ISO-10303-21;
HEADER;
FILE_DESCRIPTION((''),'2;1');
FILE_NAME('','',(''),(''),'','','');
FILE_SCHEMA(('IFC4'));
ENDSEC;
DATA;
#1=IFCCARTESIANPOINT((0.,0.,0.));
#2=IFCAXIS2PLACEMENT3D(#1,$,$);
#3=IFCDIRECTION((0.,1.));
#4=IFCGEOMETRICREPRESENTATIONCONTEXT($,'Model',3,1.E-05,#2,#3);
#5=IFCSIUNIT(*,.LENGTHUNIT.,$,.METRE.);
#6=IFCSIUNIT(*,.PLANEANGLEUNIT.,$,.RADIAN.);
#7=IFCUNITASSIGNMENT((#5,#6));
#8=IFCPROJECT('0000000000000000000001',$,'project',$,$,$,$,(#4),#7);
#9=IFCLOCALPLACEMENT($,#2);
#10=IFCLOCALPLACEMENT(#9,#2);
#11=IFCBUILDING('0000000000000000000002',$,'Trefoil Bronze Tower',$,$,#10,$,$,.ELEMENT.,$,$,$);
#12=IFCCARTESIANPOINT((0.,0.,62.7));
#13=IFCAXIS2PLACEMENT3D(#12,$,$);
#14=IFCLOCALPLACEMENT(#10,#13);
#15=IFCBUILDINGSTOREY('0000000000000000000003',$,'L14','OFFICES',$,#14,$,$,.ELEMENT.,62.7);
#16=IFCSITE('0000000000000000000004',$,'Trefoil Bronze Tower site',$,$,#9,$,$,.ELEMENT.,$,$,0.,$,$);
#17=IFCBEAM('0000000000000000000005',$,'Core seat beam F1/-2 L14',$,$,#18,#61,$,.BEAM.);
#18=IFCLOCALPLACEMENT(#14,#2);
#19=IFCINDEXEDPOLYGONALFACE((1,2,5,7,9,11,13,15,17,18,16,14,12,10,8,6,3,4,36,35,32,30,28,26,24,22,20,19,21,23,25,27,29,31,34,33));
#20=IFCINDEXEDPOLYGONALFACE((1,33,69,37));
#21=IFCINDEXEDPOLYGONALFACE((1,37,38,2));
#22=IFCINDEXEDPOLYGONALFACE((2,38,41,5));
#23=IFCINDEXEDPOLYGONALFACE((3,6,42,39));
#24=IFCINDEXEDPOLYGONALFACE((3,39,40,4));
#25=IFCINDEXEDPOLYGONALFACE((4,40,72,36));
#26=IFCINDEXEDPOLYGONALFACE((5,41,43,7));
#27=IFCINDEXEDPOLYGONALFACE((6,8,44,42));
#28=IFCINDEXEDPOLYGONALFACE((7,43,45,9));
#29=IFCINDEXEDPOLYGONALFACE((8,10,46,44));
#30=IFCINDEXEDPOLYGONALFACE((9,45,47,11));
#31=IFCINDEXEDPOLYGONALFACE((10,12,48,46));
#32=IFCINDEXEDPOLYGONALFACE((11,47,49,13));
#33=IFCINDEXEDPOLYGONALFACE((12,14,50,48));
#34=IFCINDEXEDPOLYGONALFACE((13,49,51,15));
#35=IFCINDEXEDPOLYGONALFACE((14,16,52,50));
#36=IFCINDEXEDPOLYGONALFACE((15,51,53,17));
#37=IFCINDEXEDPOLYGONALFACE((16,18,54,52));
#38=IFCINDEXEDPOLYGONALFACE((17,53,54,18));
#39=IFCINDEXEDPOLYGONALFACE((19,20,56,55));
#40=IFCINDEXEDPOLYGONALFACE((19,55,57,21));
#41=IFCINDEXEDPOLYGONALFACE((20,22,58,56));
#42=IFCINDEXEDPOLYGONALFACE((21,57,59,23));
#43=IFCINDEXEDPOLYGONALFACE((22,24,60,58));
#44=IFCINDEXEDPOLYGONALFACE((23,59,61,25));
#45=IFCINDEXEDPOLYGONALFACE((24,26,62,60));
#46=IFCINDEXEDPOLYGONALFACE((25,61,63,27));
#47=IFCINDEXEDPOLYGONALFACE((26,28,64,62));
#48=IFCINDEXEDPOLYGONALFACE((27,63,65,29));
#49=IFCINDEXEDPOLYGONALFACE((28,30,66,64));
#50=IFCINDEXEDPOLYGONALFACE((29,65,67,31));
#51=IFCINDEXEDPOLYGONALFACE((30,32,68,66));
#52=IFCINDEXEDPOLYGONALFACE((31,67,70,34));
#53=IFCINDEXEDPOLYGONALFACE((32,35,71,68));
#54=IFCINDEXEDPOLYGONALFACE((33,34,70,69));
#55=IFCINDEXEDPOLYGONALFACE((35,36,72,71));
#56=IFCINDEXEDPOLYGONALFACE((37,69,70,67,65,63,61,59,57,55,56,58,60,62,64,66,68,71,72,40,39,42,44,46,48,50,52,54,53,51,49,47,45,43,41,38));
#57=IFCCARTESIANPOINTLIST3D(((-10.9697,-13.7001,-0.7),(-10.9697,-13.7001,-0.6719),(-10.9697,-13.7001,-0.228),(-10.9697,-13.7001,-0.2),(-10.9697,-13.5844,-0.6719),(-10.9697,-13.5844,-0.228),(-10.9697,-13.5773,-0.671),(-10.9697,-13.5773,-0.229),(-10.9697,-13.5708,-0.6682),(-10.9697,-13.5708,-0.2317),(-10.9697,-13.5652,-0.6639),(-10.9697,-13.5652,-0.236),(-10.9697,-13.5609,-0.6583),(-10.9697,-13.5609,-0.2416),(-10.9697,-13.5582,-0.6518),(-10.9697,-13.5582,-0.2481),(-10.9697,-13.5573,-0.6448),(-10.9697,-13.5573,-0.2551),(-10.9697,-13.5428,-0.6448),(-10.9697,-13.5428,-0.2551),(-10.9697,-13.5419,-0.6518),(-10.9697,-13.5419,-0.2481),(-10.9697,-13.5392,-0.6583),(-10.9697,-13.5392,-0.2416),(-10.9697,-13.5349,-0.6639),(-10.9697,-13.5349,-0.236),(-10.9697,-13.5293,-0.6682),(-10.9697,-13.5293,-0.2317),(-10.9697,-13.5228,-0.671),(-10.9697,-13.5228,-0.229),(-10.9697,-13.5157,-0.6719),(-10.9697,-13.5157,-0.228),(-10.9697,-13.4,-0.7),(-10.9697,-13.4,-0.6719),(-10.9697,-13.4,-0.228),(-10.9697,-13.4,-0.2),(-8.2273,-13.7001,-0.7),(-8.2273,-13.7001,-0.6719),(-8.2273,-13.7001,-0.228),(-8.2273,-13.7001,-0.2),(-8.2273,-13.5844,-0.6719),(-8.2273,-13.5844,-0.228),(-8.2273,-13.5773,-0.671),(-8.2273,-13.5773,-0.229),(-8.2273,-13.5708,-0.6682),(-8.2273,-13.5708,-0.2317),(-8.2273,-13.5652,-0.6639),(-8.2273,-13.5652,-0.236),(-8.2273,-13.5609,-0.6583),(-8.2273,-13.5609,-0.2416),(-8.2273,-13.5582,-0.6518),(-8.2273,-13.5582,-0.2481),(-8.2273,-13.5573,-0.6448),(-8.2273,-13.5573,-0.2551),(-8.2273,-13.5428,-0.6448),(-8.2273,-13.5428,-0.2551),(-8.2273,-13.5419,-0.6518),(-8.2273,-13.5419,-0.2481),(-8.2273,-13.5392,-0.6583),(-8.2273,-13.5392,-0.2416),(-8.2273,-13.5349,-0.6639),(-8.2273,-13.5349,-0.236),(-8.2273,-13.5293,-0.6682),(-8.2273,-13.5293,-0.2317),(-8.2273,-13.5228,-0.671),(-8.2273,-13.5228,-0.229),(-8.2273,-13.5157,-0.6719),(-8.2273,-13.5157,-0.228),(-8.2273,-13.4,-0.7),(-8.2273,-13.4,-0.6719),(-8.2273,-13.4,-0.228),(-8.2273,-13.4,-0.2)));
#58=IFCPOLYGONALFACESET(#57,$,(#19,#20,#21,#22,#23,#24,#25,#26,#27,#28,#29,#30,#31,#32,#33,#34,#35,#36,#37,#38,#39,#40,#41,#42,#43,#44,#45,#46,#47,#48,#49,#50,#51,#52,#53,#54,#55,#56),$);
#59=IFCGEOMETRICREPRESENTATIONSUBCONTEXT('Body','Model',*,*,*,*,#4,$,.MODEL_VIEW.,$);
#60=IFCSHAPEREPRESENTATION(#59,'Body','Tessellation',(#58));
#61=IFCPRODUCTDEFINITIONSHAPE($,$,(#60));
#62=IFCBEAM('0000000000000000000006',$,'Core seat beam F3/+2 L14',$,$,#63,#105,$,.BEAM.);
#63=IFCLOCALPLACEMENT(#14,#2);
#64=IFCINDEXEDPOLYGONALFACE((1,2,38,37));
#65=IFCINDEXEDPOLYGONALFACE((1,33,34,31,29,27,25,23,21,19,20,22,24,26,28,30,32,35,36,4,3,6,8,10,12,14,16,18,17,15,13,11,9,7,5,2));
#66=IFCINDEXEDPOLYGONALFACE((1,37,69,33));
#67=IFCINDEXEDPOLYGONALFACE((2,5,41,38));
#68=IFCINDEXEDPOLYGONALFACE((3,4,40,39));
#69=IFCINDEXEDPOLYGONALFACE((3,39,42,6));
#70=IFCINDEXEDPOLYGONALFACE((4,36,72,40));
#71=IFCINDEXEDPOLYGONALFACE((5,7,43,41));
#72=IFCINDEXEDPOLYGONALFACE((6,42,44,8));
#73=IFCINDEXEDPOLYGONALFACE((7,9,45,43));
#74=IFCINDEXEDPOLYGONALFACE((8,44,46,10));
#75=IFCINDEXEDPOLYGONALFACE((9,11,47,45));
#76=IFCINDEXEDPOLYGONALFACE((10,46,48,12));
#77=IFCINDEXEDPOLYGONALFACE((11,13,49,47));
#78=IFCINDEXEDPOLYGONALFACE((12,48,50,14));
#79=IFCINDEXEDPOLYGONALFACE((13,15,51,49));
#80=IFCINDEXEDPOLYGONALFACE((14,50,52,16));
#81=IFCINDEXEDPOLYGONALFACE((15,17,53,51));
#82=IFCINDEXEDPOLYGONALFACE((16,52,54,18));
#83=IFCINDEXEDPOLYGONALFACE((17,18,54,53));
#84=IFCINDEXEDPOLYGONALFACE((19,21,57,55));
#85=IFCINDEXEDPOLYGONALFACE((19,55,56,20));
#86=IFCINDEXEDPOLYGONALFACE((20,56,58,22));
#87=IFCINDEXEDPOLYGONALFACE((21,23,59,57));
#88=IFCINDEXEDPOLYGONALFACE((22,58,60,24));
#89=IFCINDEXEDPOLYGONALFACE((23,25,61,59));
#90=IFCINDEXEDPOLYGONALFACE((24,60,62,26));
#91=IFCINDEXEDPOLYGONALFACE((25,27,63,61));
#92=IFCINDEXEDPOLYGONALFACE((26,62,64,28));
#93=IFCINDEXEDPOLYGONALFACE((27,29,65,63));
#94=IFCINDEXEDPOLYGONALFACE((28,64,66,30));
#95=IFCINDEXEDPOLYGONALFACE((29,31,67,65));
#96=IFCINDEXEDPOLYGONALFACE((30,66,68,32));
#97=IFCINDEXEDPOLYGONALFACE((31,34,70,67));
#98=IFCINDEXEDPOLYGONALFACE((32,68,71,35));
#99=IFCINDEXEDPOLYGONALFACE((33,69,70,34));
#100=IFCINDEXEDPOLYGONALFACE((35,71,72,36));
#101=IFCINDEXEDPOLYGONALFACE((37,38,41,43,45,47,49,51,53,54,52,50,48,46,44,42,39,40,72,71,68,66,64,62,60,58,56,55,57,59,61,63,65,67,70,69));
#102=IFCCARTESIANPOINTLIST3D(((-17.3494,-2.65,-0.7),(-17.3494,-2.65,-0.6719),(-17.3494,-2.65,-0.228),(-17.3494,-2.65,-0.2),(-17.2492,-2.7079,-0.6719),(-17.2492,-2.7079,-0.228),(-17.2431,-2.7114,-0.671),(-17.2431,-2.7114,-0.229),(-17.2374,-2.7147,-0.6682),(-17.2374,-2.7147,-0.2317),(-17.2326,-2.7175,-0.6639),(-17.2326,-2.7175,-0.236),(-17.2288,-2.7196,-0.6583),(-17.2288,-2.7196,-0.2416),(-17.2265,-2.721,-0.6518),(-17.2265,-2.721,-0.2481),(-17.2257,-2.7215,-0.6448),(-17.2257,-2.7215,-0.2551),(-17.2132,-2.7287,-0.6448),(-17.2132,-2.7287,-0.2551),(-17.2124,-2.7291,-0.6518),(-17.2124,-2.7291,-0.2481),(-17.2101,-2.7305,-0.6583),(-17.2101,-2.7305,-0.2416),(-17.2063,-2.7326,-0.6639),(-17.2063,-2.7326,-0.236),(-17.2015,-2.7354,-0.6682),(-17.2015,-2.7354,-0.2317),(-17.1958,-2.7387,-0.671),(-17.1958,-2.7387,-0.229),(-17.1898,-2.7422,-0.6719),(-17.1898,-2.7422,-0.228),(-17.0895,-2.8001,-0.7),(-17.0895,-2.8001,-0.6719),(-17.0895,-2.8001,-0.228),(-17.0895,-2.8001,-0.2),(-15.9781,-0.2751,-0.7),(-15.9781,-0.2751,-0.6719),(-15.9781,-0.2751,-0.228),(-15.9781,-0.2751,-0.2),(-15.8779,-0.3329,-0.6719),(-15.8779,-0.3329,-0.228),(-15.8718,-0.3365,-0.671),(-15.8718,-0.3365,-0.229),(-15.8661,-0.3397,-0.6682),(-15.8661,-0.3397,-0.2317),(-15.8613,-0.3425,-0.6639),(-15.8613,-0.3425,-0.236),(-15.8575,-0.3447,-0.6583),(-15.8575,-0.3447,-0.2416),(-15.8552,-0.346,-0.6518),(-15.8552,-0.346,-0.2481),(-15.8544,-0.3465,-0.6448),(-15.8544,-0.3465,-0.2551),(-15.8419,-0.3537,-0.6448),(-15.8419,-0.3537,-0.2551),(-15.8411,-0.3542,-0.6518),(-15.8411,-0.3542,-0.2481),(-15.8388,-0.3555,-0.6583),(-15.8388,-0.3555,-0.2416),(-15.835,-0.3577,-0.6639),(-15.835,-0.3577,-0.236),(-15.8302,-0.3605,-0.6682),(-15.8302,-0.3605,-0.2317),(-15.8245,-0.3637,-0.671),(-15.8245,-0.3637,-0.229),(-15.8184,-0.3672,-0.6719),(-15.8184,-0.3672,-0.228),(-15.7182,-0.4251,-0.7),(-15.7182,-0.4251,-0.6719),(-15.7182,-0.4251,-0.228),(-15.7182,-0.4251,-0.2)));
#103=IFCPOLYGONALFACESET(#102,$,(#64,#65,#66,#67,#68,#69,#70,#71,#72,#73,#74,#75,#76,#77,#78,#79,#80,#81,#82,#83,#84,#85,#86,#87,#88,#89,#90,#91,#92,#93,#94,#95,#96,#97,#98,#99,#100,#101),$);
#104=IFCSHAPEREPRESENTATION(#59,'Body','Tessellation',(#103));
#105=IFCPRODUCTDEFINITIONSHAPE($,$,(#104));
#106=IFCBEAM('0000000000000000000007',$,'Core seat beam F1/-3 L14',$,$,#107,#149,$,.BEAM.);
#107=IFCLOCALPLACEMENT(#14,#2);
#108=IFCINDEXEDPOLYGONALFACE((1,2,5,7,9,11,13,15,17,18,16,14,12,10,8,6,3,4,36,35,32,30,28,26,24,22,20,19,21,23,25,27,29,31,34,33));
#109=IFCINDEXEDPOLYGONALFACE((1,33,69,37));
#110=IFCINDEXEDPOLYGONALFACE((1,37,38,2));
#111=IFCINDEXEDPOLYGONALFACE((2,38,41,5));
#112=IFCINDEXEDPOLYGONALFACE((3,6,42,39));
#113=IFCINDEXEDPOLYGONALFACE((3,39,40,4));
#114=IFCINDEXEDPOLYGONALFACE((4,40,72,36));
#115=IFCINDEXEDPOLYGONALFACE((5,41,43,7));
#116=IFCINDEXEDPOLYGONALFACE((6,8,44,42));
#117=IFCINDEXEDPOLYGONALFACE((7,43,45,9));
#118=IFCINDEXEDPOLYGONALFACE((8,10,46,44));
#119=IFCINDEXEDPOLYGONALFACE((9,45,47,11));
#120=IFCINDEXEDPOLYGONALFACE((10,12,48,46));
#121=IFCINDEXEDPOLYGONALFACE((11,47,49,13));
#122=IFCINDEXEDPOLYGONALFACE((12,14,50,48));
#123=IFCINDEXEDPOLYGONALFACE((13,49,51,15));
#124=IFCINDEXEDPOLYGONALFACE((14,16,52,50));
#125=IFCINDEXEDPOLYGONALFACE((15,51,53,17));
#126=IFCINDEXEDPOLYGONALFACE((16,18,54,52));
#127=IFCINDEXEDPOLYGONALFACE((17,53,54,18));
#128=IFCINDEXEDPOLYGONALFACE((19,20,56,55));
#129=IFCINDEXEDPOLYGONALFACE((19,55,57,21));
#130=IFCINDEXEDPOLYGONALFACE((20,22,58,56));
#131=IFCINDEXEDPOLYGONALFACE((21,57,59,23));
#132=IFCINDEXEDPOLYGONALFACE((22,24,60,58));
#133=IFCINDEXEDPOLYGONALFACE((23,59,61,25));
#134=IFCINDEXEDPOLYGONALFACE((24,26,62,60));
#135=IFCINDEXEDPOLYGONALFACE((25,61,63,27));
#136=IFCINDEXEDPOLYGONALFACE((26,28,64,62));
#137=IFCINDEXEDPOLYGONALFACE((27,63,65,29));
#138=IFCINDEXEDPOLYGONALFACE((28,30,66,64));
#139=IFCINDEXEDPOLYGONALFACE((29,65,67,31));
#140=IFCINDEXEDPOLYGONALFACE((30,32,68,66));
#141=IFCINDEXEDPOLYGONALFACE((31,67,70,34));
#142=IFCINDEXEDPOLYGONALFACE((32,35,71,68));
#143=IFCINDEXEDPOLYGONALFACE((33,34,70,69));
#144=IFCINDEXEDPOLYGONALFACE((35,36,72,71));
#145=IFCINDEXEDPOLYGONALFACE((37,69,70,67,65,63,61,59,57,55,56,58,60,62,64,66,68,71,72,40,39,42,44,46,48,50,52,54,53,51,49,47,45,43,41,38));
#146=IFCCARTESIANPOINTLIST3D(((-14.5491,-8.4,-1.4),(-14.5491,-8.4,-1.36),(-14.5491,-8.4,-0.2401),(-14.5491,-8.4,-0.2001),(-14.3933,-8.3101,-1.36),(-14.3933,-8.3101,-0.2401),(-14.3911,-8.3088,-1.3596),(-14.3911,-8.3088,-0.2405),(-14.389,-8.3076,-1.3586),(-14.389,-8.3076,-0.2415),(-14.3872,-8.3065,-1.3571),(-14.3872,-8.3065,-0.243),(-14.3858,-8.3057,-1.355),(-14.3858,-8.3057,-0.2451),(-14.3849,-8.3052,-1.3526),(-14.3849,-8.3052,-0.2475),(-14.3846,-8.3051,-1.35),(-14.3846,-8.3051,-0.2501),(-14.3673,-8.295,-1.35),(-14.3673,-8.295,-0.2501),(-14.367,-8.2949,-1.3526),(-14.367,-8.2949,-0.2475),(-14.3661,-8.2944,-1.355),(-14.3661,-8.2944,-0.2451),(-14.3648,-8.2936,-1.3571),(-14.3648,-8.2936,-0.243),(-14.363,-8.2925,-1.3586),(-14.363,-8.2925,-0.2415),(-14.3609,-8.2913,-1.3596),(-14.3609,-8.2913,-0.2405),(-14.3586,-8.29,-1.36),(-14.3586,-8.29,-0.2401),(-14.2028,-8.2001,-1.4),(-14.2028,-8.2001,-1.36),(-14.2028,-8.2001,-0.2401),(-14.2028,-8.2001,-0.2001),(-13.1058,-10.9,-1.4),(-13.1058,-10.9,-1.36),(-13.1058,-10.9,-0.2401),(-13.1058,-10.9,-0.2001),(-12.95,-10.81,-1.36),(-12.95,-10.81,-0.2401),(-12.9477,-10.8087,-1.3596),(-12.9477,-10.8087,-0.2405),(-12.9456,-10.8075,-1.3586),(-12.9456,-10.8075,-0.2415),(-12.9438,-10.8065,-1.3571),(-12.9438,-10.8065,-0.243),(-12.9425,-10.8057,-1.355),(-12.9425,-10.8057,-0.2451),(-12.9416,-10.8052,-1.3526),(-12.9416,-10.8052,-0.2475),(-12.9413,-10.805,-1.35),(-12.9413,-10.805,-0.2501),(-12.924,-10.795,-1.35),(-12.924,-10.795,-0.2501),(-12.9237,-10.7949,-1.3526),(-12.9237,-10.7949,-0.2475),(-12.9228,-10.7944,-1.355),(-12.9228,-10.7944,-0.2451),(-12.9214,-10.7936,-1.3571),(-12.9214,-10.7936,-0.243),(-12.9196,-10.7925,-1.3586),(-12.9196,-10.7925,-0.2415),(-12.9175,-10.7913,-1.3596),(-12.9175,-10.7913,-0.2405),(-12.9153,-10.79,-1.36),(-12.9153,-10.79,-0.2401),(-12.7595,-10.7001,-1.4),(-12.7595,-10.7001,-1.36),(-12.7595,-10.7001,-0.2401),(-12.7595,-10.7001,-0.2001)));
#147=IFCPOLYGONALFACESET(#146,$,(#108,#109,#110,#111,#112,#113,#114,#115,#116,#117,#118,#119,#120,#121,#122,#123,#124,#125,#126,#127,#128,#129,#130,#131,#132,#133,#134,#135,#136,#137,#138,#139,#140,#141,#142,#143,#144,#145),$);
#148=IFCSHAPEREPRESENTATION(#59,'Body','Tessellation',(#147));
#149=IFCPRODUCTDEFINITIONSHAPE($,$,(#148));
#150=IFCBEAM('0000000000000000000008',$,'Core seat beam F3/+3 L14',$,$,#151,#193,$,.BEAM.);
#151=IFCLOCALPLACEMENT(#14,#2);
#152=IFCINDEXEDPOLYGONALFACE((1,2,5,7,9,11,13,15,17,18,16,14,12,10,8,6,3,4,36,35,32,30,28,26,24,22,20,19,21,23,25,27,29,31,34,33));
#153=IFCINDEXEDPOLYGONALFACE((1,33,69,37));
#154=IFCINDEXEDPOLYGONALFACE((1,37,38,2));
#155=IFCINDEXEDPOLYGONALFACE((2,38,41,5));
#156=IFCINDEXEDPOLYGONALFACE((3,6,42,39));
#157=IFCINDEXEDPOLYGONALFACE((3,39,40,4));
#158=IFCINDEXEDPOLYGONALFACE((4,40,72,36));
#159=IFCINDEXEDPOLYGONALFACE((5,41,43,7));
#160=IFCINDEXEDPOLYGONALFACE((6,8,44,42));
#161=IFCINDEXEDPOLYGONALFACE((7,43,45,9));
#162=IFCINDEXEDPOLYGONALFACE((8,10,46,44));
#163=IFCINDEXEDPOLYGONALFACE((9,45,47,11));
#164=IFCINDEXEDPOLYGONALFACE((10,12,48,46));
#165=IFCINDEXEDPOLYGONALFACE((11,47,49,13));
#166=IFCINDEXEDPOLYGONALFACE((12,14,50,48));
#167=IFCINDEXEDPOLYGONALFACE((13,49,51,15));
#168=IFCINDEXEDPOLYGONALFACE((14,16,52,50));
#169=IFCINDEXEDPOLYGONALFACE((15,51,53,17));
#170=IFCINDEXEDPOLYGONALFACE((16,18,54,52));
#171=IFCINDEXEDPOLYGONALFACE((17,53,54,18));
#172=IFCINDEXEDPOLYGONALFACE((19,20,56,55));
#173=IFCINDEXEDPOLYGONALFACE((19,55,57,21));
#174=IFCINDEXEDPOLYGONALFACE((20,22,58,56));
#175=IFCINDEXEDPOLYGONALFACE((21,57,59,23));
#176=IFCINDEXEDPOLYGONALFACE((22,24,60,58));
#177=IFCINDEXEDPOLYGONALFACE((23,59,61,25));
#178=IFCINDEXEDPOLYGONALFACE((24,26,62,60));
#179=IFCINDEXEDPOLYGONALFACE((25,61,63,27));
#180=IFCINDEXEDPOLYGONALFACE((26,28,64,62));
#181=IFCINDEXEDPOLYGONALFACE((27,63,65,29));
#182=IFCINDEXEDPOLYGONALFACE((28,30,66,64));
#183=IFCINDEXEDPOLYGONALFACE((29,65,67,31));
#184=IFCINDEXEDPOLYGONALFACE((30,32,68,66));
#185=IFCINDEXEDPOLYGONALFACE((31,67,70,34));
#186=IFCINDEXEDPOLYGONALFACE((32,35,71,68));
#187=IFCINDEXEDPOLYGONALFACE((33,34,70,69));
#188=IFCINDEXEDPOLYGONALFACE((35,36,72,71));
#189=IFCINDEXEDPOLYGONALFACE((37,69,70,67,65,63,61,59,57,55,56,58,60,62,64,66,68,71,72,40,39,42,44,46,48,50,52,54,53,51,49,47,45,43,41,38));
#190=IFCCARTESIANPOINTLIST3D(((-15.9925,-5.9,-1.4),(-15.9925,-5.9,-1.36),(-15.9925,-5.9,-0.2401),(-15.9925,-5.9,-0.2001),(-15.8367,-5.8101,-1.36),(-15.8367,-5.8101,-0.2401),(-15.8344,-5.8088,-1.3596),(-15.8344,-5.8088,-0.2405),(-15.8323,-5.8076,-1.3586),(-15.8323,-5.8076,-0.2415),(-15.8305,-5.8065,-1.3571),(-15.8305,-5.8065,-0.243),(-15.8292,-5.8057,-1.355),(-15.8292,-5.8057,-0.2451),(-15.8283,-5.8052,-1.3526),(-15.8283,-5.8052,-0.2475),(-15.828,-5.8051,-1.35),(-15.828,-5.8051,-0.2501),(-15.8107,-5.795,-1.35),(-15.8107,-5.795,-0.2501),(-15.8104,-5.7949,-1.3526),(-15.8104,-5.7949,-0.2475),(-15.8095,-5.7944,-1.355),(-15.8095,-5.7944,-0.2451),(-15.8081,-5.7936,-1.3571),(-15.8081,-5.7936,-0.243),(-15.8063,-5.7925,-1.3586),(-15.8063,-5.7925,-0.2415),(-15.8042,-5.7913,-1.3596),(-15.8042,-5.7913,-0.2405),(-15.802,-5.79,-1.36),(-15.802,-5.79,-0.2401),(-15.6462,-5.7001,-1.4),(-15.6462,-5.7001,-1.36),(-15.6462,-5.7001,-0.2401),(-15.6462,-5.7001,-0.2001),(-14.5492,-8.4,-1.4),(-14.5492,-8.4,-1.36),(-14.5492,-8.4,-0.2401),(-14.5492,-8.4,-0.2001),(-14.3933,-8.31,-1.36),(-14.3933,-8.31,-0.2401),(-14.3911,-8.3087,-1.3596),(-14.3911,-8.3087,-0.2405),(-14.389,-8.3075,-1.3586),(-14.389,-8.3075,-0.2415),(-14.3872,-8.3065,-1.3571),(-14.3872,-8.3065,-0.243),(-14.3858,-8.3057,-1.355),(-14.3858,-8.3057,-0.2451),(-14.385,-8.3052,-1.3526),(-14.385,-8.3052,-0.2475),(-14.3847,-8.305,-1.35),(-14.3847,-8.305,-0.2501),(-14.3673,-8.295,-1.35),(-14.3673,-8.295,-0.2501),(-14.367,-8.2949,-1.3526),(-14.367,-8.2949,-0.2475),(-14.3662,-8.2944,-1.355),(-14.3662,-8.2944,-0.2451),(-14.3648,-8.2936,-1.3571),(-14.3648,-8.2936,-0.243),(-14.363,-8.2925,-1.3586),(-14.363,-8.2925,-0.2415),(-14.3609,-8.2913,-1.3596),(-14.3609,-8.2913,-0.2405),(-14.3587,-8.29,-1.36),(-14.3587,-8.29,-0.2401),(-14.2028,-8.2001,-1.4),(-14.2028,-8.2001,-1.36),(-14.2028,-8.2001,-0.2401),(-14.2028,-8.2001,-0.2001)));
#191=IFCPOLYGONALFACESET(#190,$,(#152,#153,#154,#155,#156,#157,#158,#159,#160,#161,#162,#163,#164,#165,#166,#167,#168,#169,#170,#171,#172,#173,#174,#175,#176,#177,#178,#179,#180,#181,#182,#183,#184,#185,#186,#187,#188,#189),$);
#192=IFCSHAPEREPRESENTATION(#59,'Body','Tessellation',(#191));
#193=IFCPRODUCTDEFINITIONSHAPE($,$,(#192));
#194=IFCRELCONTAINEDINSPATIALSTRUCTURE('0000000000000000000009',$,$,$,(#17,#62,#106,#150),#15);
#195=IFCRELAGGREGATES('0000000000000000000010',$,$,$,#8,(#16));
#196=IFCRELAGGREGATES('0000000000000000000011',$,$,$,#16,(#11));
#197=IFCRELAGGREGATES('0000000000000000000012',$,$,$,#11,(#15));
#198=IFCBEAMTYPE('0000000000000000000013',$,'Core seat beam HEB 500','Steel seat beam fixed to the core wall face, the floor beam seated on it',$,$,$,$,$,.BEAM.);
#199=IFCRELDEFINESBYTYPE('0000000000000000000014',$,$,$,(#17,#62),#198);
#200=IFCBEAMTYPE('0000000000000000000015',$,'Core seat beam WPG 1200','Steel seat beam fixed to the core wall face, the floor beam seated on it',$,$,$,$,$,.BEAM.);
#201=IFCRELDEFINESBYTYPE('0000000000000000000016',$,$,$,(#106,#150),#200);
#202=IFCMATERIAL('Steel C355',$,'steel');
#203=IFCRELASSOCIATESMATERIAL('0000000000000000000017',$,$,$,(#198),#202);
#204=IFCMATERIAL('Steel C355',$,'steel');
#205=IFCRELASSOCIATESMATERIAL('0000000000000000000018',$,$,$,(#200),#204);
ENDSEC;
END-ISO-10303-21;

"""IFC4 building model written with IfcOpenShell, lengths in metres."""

from ifc_helpers import new_model, si_unit, direction, frame, origin, origin_2d, place, context, subcontext, project, spatial, i_section, extrude, material, material_profile, profile_set, type_object, element, save


model = new_model("IFC4")

# Units and contexts
model_context = context("Model", 3, precision=1e-05, world=origin(), true_north=direction((0.0, 1.0)))
body_context = subcontext(model_context, "Body", "Model", "MODEL_VIEW")
ifc_project = project(units=[si_unit("LENGTHUNIT", "METRE"), si_unit("PLANEANGLEUNIT", "RADIAN")], contexts=[model_context])

# Site, building, storey
site_placement = place(None, origin())
site = spatial("IfcSite", under=ifc_project, at=site_placement, Name="Trefoil Bronze Tower site", CompositionType="ELEMENT", RefElevation=0.0)
building_placement = place(site_placement, origin())
building = spatial("IfcBuilding", under=site, at=building_placement, Name="Trefoil Bronze Tower", CompositionType="ELEMENT")
storey_placement = place(building_placement, frame((0.0, 0.0, 62.7)))
storey = spatial("IfcBuildingStorey", under=building, at=storey_placement, Name="L14", Description="OFFICES", CompositionType="ELEMENT", Elevation=62.7)

# Beams
ifc_material_1 = material(Name="Steel C355", Category="steel")
ifc_material_profile_1 = material_profile(ifc_material_1, i_section(OverallWidth=0.3, OverallDepth=0.5, WebThickness=0.0144, FlangeThickness=0.0281, FilletRadius=0.0271, at=origin_2d()), Name="HEB 500")
ifc_profile_set_1 = profile_set([ifc_material_profile_1], Name="Steel C355")
beam_type_1 = type_object("IfcBeamType", Name="Core seat beam HEB 500", Description="Steel seat beam fixed to the core wall face, the floor beam seated on it", PredefinedType="BEAM", material=ifc_profile_set_1)
for number, where, z_axis, x_axis, name in (
    (1, (-10.9697, -13.55, -0.45), (1.0, 0.0, 0.0), (0.0, 1.0, 0.0), "Core seat beam F1/-2 L14"),
    (2, (-15.8481, -0.3501, -0.45), (-0.500036, -0.866005, 0.0), (0.866005, -0.500036, 0.0), "Core seat beam F3/+2 L14"),
):
    element("IfcBeam", number, at=place(storey_placement, frame(where, z_axis=z_axis, x_axis=x_axis)), inside=storey, type_object=beam_type_1, Name=name, PredefinedType="BEAM", context=body_context, shape_type="SweptSolid", body=[
        extrude(i_section(OverallWidth=0.3, OverallDepth=0.5, WebThickness=0.0144, FlangeThickness=0.0281, FilletRadius=0.0271, at=origin_2d()), origin(), (0.0, 0.0, 1.0), 2.7424),
    ])
ifc_material_2 = material(Name="Steel C355", Category="steel")
ifc_material_profile_2 = material_profile(ifc_material_2, i_section(OverallWidth=0.3999, OverallDepth=1.2, WebThickness=0.02, FlangeThickness=0.04, FilletRadius=0.01, at=origin_2d()), Name="WPG 1200")
ifc_profile_set_2 = profile_set([ifc_material_profile_2], Name="Steel C355")
beam_type_2 = type_object("IfcBeamType", Name="Core seat beam WPG 1200", Description="Steel seat beam fixed to the core wall face, the floor beam seated on it", PredefinedType="BEAM", material=ifc_profile_set_2)
for number, where, z_axis, x_axis, name in (
    (3, (-14.376, -8.3, -0.8), (0.499996, -0.866028, 0.0), (0.866028, 0.499996, 0.0), "Core seat beam F1/-3 L14"),
    (4, (-15.8193, -5.8, -0.8), (0.499996, -0.866028, 0.0), (0.866028, 0.499996, 0.0), "Core seat beam F3/+3 L14"),
):
    element("IfcBeam", number, at=place(storey_placement, frame(where, z_axis=z_axis, x_axis=x_axis)), inside=storey, type_object=beam_type_2, Name=name, PredefinedType="BEAM", context=body_context, shape_type="SweptSolid", body=[
        extrude(i_section(OverallWidth=0.3999, OverallDepth=1.2, WebThickness=0.02, FlangeThickness=0.04, FilletRadius=0.01, at=origin_2d()), origin(), (0.0, 0.0, 1.0), 2.8867),
    ])

save(model, "model.ifc")
